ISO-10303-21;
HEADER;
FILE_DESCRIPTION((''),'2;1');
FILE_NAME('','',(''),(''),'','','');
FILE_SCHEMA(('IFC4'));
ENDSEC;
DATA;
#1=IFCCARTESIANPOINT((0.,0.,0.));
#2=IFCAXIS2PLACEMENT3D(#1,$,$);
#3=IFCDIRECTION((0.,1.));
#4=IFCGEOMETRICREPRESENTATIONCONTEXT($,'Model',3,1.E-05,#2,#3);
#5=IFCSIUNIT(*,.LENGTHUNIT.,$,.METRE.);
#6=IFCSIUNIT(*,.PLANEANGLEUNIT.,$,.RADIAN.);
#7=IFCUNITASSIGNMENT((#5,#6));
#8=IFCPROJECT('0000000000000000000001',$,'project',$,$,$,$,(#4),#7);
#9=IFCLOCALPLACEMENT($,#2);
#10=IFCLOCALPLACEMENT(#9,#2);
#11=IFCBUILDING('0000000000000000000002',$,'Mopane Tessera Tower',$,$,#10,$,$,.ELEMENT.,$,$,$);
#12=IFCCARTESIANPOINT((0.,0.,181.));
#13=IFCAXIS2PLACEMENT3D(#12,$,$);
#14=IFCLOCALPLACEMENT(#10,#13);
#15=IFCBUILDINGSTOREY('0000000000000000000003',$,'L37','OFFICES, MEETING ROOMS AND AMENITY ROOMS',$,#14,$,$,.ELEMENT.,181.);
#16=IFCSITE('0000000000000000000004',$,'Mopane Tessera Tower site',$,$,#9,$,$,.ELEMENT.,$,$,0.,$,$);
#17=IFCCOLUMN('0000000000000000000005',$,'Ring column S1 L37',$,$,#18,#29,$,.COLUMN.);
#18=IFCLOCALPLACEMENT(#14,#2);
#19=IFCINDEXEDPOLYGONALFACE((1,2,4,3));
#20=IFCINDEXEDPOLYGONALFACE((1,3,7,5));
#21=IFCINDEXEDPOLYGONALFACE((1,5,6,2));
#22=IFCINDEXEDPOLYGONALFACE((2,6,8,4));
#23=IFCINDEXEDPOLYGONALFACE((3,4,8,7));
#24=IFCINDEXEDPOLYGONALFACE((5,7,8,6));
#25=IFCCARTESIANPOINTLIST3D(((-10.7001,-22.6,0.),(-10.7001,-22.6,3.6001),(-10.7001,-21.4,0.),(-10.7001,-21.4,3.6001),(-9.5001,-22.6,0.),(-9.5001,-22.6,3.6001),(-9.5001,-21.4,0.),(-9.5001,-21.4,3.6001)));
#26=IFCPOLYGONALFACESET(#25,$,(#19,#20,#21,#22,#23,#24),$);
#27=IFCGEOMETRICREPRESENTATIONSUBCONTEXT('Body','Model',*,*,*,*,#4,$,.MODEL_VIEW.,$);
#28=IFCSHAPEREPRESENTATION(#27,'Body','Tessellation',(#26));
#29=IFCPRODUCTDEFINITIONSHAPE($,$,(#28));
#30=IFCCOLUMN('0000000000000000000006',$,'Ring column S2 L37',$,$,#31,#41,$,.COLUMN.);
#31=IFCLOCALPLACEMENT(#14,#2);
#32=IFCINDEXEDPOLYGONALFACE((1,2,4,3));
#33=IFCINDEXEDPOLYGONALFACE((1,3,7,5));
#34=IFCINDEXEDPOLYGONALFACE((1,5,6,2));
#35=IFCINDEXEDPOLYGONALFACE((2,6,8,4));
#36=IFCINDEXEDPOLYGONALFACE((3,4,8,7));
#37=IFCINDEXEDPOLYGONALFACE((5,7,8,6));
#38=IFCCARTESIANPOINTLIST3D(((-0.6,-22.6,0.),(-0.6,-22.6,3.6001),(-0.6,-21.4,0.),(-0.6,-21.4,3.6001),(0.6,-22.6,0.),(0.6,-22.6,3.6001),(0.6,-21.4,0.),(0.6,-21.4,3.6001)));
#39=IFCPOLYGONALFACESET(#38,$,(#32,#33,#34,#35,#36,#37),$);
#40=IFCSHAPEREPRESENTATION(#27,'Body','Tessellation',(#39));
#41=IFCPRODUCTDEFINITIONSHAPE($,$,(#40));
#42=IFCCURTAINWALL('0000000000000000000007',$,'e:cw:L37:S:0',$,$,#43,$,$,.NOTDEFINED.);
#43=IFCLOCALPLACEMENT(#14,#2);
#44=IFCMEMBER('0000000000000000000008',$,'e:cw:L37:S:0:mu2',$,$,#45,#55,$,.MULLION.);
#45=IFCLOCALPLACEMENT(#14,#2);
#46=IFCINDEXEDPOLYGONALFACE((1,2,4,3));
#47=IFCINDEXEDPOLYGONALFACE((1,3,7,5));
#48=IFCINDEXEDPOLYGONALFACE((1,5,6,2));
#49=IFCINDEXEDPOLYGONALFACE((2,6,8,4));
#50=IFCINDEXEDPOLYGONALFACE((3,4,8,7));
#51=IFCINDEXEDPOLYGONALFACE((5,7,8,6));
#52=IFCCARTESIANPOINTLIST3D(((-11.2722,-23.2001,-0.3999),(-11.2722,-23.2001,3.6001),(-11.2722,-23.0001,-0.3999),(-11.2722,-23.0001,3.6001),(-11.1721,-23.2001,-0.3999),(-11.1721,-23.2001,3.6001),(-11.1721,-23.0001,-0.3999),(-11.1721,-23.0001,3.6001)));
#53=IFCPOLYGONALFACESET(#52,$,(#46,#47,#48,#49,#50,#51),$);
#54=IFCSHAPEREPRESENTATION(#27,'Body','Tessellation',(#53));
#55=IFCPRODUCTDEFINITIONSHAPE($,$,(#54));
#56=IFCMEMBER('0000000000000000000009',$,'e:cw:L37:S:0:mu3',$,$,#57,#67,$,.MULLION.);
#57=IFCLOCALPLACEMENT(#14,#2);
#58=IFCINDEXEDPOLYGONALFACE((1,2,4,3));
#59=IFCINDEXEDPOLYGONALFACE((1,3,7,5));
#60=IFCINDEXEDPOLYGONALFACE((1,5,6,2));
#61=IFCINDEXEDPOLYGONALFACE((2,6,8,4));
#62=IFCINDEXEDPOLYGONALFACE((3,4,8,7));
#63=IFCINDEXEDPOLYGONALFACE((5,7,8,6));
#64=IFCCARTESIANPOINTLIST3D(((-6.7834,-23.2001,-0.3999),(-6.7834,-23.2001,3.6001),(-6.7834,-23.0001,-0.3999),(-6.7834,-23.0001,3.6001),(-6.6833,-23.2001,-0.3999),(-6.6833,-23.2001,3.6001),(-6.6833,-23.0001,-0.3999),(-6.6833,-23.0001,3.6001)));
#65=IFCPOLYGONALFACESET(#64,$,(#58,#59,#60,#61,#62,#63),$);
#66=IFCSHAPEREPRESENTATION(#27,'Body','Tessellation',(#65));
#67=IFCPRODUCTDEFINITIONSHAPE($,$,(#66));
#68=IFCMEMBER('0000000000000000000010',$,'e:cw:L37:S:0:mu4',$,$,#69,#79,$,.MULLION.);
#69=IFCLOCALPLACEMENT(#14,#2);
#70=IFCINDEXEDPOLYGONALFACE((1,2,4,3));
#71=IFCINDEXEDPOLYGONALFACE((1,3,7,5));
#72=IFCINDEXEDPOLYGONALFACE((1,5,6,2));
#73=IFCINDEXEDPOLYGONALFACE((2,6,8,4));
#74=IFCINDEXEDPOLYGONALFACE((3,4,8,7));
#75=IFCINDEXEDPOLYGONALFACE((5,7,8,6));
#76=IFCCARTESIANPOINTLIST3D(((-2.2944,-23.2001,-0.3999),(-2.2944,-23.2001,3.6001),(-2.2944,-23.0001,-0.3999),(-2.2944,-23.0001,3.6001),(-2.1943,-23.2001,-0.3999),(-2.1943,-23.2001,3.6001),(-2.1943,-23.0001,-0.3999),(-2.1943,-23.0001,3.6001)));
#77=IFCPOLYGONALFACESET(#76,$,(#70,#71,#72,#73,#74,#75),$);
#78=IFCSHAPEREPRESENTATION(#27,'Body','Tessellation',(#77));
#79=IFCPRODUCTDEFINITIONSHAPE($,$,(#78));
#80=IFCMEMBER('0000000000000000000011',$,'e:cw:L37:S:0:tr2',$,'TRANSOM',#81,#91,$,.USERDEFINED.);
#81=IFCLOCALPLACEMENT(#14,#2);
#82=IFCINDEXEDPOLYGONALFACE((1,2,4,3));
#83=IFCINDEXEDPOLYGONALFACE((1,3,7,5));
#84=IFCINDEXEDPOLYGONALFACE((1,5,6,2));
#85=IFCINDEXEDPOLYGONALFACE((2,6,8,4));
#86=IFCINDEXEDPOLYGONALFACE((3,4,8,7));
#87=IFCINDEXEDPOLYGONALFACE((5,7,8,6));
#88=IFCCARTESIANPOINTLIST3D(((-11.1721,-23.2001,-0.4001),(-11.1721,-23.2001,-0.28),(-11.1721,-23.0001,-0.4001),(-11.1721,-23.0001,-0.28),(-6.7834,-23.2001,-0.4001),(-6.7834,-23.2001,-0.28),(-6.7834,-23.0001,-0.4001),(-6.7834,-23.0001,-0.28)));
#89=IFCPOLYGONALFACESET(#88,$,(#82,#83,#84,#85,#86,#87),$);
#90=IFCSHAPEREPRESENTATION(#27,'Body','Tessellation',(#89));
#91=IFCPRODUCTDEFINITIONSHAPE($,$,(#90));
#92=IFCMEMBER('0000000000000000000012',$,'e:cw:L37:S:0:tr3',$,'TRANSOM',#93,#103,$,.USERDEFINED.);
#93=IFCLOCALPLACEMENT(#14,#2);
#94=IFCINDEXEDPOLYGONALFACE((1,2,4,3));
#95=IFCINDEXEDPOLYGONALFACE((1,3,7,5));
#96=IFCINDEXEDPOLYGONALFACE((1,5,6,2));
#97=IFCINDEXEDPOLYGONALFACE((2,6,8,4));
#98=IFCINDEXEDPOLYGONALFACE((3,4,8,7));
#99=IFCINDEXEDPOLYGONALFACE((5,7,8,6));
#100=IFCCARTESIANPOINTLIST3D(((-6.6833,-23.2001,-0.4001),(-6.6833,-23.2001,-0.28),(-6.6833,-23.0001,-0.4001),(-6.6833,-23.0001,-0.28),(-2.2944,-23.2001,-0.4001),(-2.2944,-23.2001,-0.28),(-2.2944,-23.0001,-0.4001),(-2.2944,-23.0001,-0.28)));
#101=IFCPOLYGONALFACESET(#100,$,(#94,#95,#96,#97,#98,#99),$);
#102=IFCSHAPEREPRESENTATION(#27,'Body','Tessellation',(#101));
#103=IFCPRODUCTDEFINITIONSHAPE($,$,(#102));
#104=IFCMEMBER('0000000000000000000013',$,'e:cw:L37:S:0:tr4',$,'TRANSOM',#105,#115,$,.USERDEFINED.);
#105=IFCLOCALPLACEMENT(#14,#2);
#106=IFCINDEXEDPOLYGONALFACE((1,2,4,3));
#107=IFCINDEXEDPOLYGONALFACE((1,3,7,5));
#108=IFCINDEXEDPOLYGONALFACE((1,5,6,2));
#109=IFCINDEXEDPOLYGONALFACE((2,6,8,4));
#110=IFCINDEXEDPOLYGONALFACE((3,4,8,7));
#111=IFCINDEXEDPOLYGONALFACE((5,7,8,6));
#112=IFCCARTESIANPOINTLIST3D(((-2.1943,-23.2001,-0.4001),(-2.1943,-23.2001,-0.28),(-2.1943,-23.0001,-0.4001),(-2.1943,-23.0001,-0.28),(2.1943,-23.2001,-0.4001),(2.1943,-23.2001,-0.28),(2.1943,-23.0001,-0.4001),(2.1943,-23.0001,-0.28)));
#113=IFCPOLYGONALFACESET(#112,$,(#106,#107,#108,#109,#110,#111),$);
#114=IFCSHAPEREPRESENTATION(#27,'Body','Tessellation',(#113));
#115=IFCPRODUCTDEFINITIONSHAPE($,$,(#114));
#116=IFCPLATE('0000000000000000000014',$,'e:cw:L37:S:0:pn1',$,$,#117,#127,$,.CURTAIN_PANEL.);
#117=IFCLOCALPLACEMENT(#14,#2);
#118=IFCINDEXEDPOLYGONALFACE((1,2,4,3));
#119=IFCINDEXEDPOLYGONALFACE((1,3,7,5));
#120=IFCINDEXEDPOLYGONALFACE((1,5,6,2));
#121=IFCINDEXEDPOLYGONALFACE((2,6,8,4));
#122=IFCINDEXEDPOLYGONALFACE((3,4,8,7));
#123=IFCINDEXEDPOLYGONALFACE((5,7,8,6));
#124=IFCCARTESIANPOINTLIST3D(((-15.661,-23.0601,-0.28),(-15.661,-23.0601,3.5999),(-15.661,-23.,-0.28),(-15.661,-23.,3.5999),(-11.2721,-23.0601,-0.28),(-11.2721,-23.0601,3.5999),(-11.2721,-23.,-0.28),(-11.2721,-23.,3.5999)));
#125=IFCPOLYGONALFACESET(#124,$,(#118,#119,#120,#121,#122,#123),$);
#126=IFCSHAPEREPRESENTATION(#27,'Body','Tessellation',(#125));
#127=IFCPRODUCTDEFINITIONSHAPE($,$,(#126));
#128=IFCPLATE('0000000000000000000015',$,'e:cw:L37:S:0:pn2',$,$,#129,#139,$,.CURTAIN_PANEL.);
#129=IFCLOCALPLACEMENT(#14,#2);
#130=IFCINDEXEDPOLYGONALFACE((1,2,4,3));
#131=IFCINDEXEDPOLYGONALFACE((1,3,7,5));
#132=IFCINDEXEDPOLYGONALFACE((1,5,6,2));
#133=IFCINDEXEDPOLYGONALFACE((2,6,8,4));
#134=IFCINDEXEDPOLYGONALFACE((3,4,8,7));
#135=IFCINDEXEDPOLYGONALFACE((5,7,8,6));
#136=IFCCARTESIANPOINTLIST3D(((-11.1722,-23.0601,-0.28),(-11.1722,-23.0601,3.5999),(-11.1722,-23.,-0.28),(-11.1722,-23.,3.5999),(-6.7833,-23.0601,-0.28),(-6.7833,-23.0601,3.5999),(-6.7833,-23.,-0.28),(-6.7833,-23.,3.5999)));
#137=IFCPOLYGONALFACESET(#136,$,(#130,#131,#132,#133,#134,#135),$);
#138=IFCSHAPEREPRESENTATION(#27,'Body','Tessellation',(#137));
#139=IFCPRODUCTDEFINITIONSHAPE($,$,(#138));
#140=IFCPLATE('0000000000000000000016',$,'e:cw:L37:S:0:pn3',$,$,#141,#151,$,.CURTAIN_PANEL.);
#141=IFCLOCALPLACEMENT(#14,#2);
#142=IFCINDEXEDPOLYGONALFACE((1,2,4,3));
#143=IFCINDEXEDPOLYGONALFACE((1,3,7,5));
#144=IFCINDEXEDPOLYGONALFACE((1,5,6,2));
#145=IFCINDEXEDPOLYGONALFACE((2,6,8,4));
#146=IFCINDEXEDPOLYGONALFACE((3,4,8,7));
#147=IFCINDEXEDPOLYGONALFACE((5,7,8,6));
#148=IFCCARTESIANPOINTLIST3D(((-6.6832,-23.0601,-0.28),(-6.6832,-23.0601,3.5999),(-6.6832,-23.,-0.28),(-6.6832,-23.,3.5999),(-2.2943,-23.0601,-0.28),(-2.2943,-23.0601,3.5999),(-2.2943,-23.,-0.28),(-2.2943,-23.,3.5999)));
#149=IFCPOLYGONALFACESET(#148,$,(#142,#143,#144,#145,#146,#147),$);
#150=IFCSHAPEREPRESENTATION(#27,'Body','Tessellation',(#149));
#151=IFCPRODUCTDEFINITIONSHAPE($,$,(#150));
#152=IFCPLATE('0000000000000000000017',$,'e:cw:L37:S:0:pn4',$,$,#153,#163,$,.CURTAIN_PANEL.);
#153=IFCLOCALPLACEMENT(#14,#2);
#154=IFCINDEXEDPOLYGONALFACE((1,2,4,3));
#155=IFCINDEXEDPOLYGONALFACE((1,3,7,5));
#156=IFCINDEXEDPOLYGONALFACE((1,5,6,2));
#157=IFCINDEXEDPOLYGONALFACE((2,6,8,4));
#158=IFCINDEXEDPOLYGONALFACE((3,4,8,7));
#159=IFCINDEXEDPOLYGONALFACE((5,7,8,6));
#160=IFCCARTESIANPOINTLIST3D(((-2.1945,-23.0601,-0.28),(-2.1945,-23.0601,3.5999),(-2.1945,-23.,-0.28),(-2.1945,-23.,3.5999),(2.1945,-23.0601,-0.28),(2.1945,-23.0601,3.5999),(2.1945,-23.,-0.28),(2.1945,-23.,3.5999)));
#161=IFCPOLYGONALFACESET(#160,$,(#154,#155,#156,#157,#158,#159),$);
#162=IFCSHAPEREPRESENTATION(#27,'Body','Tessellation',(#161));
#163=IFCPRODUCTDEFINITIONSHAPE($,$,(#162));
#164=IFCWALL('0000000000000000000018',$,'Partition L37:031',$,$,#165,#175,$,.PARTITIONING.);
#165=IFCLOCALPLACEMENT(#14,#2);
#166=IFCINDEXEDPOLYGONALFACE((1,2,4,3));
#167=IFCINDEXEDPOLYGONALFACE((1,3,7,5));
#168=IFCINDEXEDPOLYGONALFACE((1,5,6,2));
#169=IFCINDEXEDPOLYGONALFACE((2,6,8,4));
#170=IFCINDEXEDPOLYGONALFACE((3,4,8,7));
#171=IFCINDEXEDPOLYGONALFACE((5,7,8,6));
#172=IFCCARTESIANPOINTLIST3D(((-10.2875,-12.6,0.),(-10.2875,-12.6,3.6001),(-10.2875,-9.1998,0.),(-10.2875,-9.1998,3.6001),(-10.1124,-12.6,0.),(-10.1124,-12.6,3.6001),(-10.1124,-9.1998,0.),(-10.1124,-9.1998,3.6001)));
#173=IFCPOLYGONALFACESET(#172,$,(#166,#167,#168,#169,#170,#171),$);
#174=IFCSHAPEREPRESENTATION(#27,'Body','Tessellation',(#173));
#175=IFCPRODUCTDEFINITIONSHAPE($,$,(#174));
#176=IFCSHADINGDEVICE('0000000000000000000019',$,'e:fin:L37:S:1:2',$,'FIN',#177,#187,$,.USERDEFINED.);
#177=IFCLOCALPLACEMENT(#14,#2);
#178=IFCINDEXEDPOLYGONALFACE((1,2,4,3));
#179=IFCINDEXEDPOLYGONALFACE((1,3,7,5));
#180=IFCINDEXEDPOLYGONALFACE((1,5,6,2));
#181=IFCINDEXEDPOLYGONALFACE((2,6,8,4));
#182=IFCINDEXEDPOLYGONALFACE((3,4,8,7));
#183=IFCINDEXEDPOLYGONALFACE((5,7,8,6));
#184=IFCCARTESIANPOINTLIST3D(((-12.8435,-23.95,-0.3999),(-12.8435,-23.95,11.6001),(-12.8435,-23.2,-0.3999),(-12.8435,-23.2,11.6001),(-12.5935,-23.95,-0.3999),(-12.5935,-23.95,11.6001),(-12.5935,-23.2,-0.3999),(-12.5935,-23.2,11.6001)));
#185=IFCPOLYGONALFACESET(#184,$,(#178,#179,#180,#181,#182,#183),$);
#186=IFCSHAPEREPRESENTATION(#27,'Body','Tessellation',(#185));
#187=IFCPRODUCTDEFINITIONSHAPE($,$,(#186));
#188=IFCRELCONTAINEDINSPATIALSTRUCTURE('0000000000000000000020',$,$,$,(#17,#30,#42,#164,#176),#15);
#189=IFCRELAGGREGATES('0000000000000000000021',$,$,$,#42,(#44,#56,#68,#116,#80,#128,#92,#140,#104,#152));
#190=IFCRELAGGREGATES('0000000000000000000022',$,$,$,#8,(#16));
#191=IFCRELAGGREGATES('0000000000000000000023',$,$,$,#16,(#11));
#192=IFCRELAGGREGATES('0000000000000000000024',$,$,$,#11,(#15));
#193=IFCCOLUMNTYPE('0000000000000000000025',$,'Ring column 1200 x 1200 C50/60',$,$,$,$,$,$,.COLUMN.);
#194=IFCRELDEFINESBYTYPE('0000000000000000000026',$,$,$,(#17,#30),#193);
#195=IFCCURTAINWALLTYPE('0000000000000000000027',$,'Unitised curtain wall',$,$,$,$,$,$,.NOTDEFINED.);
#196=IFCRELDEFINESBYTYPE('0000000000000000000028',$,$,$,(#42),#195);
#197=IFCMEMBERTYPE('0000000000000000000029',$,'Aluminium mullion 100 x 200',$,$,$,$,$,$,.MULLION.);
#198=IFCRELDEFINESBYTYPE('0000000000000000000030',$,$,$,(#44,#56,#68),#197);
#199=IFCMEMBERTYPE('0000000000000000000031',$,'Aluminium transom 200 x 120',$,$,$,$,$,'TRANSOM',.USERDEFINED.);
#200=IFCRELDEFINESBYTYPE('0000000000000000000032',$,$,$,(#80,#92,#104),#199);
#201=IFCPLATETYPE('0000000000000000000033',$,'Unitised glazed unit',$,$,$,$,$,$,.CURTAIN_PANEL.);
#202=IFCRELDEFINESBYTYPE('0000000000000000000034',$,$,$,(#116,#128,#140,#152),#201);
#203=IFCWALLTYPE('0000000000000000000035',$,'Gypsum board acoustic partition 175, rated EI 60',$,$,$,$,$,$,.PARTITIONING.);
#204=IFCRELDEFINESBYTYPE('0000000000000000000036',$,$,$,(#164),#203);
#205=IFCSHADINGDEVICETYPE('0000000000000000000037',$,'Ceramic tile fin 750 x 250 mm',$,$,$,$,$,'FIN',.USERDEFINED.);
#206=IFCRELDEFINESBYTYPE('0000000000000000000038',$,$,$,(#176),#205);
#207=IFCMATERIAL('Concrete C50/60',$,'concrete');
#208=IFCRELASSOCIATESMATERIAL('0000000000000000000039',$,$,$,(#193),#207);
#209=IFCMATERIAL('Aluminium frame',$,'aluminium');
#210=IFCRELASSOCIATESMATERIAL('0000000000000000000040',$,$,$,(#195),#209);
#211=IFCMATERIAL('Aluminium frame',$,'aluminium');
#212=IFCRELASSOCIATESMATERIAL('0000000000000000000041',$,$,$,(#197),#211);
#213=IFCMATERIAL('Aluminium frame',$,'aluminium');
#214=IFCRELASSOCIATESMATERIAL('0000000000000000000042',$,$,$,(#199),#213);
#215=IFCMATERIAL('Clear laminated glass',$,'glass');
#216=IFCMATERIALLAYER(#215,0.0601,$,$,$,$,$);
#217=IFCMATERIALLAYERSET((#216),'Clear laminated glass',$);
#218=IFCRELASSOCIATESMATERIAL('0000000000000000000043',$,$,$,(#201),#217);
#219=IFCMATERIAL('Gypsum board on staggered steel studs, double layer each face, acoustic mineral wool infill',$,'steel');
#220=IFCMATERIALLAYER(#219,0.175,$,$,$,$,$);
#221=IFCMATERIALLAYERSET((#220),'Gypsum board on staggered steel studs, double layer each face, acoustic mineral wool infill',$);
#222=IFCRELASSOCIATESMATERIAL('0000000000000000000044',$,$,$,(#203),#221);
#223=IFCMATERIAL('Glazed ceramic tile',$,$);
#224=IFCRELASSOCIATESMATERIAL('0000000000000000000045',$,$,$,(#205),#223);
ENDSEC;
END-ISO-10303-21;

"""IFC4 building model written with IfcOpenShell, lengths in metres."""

from ifc_helpers import new_model, si_unit, direction, frame, frame_2d, origin, origin_2d, place, context, subcontext, project, spatial, rectangle, extrude, material, layer, layer_set, material_profile, profile_set, type_object, element, aggregate, save


model = new_model("IFC4")

# Units and contexts
model_context = context("Model", 3, precision=1e-05, world=origin(), true_north=direction((0.0, 1.0)))
body_context = subcontext(model_context, "Body", "Model", "MODEL_VIEW")
ifc_project = project(units=[si_unit("LENGTHUNIT", "METRE"), si_unit("PLANEANGLEUNIT", "RADIAN")], contexts=[model_context])

# Site, building, storey
site_placement = place(None, origin())
site = spatial("IfcSite", under=ifc_project, at=site_placement, Name="Mopane Tessera Tower site", CompositionType="ELEMENT", RefElevation=0.0)
building_placement = place(site_placement, origin())
building = spatial("IfcBuilding", under=site, at=building_placement, Name="Mopane Tessera Tower", CompositionType="ELEMENT")
storey_placement = place(building_placement, frame((0.0, 0.0, 181.0)))
storey = spatial("IfcBuildingStorey", under=building, at=storey_placement, Name="L37", Description="OFFICES, MEETING ROOMS AND AMENITY ROOMS", CompositionType="ELEMENT", Elevation=181.0)

# Columns
ifc_material_1 = material(Name="Concrete C50/60", Category="concrete")
ifc_material_profile_1 = material_profile(ifc_material_1, rectangle(XDim=1.2, YDim=1.2, at=origin_2d()))
ifc_profile_set_1 = profile_set([ifc_material_profile_1], Name="Concrete C50/60")
column_type = type_object("IfcColumnType", Name="Ring column 1200 x 1200 C50/60", PredefinedType="COLUMN", material=ifc_profile_set_1)
for number, where, z_axis, x_axis, name in (
    (1, (-10.1001, -22.0, 0.0), (0.0, 0.0, 1.0), (1.0, 0.0, 0.0), "Ring column S1 L37"),
    (2, (0.0, -22.0, 0.0), (0.0, 0.0, 1.0), (1.0, 0.0, 0.0), "Ring column S2 L37"),
):
    element("IfcColumn", number, at=place(storey_placement, frame(where, z_axis=z_axis, x_axis=x_axis)), inside=storey, type_object=column_type, Name=name, PredefinedType="COLUMN", context=body_context, shape_type="SweptSolid", body=[
        extrude(rectangle(XDim=1.2, YDim=1.2, at=origin_2d()), origin(), (0.0, 0.0, 1.0), 3.6001),
    ])

# Curtain wall, members, plates
ifc_material_2 = material(Name="Aluminium frame", Category="aluminium")
curtain_wall_type = type_object("IfcCurtainWallType", Name="Unitised curtain wall", PredefinedType="NOTDEFINED", material=ifc_material_2)
curtain_wall_placement = place(storey_placement, origin())
curtain_wall = element("IfcCurtainWall", 3, at=curtain_wall_placement, inside=storey, type_object=curtain_wall_type, Name="e:cw:L37:S:0", PredefinedType="NOTDEFINED")
ifc_material_3 = material(Name="Aluminium frame", Category="aluminium")
ifc_material_profile_2 = material_profile(ifc_material_3, rectangle(XDim=0.1001, YDim=0.2, at=origin_2d()))
ifc_profile_set_2 = profile_set([ifc_material_profile_2], Name="Aluminium frame")
member_type_1 = type_object("IfcMemberType", Name="Aluminium mullion 100 x 200", PredefinedType="MULLION", material=ifc_profile_set_2)
member_1_placement = place(storey_placement, frame((-11.2222, -23.1001, -0.3999), z_axis=(0.0, 0.0, 1.0), x_axis=(1.0, 0.0, 0.0)))
member_1 = element("IfcMember", 4, at=member_1_placement, type_object=member_type_1, Name="e:cw:L37:S:0:mu2", PredefinedType="MULLION", context=body_context, shape_type="SweptSolid", body=[
    extrude(rectangle(XDim=0.1001, YDim=0.2, at=origin_2d()), origin(), (0.0, 0.0, 1.0), 4.0),
])
member_2_placement = place(storey_placement, frame((-6.7334, -23.1001, -0.3999), z_axis=(0.0, 0.0, 1.0), x_axis=(1.0, 0.0, 0.0)))
member_2 = element("IfcMember", 5, at=member_2_placement, type_object=member_type_1, Name="e:cw:L37:S:0:mu3", PredefinedType="MULLION", context=body_context, shape_type="SweptSolid", body=[
    extrude(rectangle(XDim=0.1001, YDim=0.2, at=origin_2d()), origin(), (0.0, 0.0, 1.0), 4.0),
])
member_3_placement = place(storey_placement, frame((-2.2444, -23.1001, -0.3999), z_axis=(0.0, 0.0, 1.0), x_axis=(1.0, 0.0, 0.0)))
member_3 = element("IfcMember", 6, at=member_3_placement, type_object=member_type_1, Name="e:cw:L37:S:0:mu4", PredefinedType="MULLION", context=body_context, shape_type="SweptSolid", body=[
    extrude(rectangle(XDim=0.1001, YDim=0.2, at=origin_2d()), origin(), (0.0, 0.0, 1.0), 4.0),
])
ifc_material_4 = material(Name="Aluminium frame", Category="aluminium")
ifc_material_profile_3 = material_profile(ifc_material_4, rectangle(XDim=0.2, YDim=0.1201, at=origin_2d()))
ifc_profile_set_3 = profile_set([ifc_material_profile_3], Name="Aluminium frame")
member_type_2 = type_object("IfcMemberType", Name="Aluminium transom 200 x 120", ElementType="TRANSOM", PredefinedType="USERDEFINED", material=ifc_profile_set_3)
member_4_placement = place(storey_placement, frame((-11.1721, -23.1001, -0.3401), z_axis=(1.0, 0.0, 0.0), x_axis=(0.0, 1.0, 0.0)))
member_4 = element("IfcMember", 7, at=member_4_placement, type_object=member_type_2, Name="e:cw:L37:S:0:tr2", ObjectType="TRANSOM", PredefinedType="USERDEFINED", context=body_context, shape_type="SweptSolid", body=[
    extrude(rectangle(XDim=0.2, YDim=0.1201, at=origin_2d()), origin(), (0.0, 0.0, 1.0), 4.3887),
])
member_5_placement = place(storey_placement, frame((-6.6833, -23.1001, -0.3401), z_axis=(1.0, 0.0, 0.0), x_axis=(0.0, 1.0, 0.0)))
member_5 = element("IfcMember", 8, at=member_5_placement, type_object=member_type_2, Name="e:cw:L37:S:0:tr3", ObjectType="TRANSOM", PredefinedType="USERDEFINED", context=body_context, shape_type="SweptSolid", body=[
    extrude(rectangle(XDim=0.2, YDim=0.1201, at=origin_2d()), origin(), (0.0, 0.0, 1.0), 4.3889),
])
member_6_placement = place(storey_placement, frame((-2.1943, -23.1001, -0.3401), z_axis=(1.0, 0.0, 0.0), x_axis=(0.0, 1.0, 0.0)))
member_6 = element("IfcMember", 9, at=member_6_placement, type_object=member_type_2, Name="e:cw:L37:S:0:tr4", ObjectType="TRANSOM", PredefinedType="USERDEFINED", context=body_context, shape_type="SweptSolid", body=[
    extrude(rectangle(XDim=0.2, YDim=0.1201, at=origin_2d()), origin(), (0.0, 0.0, 1.0), 4.3887),
])
ifc_material_5 = material(Name="Clear laminated glass", Category="glass")
ifc_layer_1 = layer(ifc_material_5, 0.0601)
ifc_layer_set_1 = layer_set([ifc_layer_1], Name="Clear laminated glass")
plate_type = type_object("IfcPlateType", Name="Unitised glazed unit", PredefinedType="CURTAIN_PANEL", material=ifc_layer_set_1)
plate_1_placement = place(storey_placement, frame((-13.4666, -23.03, -0.28), z_axis=(0.0, 0.0, 1.0), x_axis=(1.0, 0.0, 0.0)))
plate_1 = element("IfcPlate", 10, at=plate_1_placement, type_object=plate_type, Name="e:cw:L37:S:0:pn1", PredefinedType="CURTAIN_PANEL", context=body_context, shape_type="SweptSolid", body=[
    extrude(rectangle(XDim=4.3889, YDim=0.0601, at=origin_2d()), origin(), (0.0, 0.0, 1.0), 3.8799),
])
plate_2_placement = place(storey_placement, frame((-8.9778, -23.03, -0.28), z_axis=(0.0, 0.0, 1.0), x_axis=(1.0, 0.0, 0.0)))
plate_2 = element("IfcPlate", 11, at=plate_2_placement, type_object=plate_type, Name="e:cw:L37:S:0:pn2", PredefinedType="CURTAIN_PANEL", context=body_context, shape_type="SweptSolid", body=[
    extrude(rectangle(XDim=4.3889, YDim=0.0601, at=origin_2d()), origin(), (0.0, 0.0, 1.0), 3.8799),
])
plate_3_placement = place(storey_placement, frame((-4.4888, -23.03, -0.28), z_axis=(0.0, 0.0, 1.0), x_axis=(1.0, 0.0, 0.0)))
plate_3 = element("IfcPlate", 12, at=plate_3_placement, type_object=plate_type, Name="e:cw:L37:S:0:pn3", PredefinedType="CURTAIN_PANEL", context=body_context, shape_type="SweptSolid", body=[
    extrude(rectangle(XDim=4.3889, YDim=0.0601, at=origin_2d()), origin(), (0.0, 0.0, 1.0), 3.8799),
])
plate_4_placement = place(storey_placement, frame((0.0, -23.03, -0.28), z_axis=(0.0, 0.0, 1.0), x_axis=(1.0, 0.0, 0.0)))
plate_4 = element("IfcPlate", 13, at=plate_4_placement, type_object=plate_type, Name="e:cw:L37:S:0:pn4", PredefinedType="CURTAIN_PANEL", context=body_context, shape_type="SweptSolid", body=[
    extrude(rectangle(XDim=4.3889, YDim=0.0601, at=origin_2d()), origin(), (0.0, 0.0, 1.0), 3.8799),
])
aggregate(curtain_wall, [member_1, member_2, member_3, plate_1, member_4, plate_2, member_5, plate_3, member_6, plate_4])

# Wall
ifc_material_6 = material(Name="Gypsum board on staggered steel studs, double layer each face, acoustic mineral wool infill", Category="steel")
ifc_layer_2 = layer(ifc_material_6, 0.175)
ifc_layer_set_2 = layer_set([ifc_layer_2], Name="Gypsum board on staggered steel studs, double layer each face, acoustic mineral wool infill")
wall_type = type_object("IfcWallType", Name="Gypsum board acoustic partition 175, rated EI 60", PredefinedType="PARTITIONING", material=ifc_layer_set_2)
wall_placement = place(storey_placement, frame((-10.2, -12.6001, 0.0), z_axis=(0.0, 0.0, 1.0), x_axis=(0.0, 1.0, 0.0)))
element("IfcWall", 14, at=wall_placement, inside=storey, type_object=wall_type, Name="Partition L37:031", PredefinedType="PARTITIONING", context=body_context, shape_type="SweptSolid", body=[
    extrude(rectangle(XDim=3.4001, YDim=0.175, at=frame_2d((1.7002, 0.0))), origin(), (0.0, 0.0, 1.0), 3.6001),
])

# Shading device
ifc_material_7 = material(Name="Glazed ceramic tile")
shading_device_type = type_object("IfcShadingDeviceType", Name="Ceramic tile fin 750 x 250 mm", ElementType="FIN", PredefinedType="USERDEFINED", material=ifc_material_7)
for number, where, z_axis, x_axis, name in (
    (15, (-12.7185, -23.575, -0.3999), (0.0, 0.0, 1.0), (1.0, 0.0, 0.0), "e:fin:L37:S:1:2"),
):
    element("IfcShadingDevice", number, at=place(storey_placement, frame(where, z_axis=z_axis, x_axis=x_axis)), inside=storey, type_object=shading_device_type, Name=name, ObjectType="FIN", PredefinedType="USERDEFINED", context=body_context, shape_type="SweptSolid", body=[
        extrude(rectangle(XDim=0.25, YDim=0.75, at=origin_2d()), origin(), (0.0, 0.0, 1.0), 12.0),
    ])

save(model, "model.ifc")
